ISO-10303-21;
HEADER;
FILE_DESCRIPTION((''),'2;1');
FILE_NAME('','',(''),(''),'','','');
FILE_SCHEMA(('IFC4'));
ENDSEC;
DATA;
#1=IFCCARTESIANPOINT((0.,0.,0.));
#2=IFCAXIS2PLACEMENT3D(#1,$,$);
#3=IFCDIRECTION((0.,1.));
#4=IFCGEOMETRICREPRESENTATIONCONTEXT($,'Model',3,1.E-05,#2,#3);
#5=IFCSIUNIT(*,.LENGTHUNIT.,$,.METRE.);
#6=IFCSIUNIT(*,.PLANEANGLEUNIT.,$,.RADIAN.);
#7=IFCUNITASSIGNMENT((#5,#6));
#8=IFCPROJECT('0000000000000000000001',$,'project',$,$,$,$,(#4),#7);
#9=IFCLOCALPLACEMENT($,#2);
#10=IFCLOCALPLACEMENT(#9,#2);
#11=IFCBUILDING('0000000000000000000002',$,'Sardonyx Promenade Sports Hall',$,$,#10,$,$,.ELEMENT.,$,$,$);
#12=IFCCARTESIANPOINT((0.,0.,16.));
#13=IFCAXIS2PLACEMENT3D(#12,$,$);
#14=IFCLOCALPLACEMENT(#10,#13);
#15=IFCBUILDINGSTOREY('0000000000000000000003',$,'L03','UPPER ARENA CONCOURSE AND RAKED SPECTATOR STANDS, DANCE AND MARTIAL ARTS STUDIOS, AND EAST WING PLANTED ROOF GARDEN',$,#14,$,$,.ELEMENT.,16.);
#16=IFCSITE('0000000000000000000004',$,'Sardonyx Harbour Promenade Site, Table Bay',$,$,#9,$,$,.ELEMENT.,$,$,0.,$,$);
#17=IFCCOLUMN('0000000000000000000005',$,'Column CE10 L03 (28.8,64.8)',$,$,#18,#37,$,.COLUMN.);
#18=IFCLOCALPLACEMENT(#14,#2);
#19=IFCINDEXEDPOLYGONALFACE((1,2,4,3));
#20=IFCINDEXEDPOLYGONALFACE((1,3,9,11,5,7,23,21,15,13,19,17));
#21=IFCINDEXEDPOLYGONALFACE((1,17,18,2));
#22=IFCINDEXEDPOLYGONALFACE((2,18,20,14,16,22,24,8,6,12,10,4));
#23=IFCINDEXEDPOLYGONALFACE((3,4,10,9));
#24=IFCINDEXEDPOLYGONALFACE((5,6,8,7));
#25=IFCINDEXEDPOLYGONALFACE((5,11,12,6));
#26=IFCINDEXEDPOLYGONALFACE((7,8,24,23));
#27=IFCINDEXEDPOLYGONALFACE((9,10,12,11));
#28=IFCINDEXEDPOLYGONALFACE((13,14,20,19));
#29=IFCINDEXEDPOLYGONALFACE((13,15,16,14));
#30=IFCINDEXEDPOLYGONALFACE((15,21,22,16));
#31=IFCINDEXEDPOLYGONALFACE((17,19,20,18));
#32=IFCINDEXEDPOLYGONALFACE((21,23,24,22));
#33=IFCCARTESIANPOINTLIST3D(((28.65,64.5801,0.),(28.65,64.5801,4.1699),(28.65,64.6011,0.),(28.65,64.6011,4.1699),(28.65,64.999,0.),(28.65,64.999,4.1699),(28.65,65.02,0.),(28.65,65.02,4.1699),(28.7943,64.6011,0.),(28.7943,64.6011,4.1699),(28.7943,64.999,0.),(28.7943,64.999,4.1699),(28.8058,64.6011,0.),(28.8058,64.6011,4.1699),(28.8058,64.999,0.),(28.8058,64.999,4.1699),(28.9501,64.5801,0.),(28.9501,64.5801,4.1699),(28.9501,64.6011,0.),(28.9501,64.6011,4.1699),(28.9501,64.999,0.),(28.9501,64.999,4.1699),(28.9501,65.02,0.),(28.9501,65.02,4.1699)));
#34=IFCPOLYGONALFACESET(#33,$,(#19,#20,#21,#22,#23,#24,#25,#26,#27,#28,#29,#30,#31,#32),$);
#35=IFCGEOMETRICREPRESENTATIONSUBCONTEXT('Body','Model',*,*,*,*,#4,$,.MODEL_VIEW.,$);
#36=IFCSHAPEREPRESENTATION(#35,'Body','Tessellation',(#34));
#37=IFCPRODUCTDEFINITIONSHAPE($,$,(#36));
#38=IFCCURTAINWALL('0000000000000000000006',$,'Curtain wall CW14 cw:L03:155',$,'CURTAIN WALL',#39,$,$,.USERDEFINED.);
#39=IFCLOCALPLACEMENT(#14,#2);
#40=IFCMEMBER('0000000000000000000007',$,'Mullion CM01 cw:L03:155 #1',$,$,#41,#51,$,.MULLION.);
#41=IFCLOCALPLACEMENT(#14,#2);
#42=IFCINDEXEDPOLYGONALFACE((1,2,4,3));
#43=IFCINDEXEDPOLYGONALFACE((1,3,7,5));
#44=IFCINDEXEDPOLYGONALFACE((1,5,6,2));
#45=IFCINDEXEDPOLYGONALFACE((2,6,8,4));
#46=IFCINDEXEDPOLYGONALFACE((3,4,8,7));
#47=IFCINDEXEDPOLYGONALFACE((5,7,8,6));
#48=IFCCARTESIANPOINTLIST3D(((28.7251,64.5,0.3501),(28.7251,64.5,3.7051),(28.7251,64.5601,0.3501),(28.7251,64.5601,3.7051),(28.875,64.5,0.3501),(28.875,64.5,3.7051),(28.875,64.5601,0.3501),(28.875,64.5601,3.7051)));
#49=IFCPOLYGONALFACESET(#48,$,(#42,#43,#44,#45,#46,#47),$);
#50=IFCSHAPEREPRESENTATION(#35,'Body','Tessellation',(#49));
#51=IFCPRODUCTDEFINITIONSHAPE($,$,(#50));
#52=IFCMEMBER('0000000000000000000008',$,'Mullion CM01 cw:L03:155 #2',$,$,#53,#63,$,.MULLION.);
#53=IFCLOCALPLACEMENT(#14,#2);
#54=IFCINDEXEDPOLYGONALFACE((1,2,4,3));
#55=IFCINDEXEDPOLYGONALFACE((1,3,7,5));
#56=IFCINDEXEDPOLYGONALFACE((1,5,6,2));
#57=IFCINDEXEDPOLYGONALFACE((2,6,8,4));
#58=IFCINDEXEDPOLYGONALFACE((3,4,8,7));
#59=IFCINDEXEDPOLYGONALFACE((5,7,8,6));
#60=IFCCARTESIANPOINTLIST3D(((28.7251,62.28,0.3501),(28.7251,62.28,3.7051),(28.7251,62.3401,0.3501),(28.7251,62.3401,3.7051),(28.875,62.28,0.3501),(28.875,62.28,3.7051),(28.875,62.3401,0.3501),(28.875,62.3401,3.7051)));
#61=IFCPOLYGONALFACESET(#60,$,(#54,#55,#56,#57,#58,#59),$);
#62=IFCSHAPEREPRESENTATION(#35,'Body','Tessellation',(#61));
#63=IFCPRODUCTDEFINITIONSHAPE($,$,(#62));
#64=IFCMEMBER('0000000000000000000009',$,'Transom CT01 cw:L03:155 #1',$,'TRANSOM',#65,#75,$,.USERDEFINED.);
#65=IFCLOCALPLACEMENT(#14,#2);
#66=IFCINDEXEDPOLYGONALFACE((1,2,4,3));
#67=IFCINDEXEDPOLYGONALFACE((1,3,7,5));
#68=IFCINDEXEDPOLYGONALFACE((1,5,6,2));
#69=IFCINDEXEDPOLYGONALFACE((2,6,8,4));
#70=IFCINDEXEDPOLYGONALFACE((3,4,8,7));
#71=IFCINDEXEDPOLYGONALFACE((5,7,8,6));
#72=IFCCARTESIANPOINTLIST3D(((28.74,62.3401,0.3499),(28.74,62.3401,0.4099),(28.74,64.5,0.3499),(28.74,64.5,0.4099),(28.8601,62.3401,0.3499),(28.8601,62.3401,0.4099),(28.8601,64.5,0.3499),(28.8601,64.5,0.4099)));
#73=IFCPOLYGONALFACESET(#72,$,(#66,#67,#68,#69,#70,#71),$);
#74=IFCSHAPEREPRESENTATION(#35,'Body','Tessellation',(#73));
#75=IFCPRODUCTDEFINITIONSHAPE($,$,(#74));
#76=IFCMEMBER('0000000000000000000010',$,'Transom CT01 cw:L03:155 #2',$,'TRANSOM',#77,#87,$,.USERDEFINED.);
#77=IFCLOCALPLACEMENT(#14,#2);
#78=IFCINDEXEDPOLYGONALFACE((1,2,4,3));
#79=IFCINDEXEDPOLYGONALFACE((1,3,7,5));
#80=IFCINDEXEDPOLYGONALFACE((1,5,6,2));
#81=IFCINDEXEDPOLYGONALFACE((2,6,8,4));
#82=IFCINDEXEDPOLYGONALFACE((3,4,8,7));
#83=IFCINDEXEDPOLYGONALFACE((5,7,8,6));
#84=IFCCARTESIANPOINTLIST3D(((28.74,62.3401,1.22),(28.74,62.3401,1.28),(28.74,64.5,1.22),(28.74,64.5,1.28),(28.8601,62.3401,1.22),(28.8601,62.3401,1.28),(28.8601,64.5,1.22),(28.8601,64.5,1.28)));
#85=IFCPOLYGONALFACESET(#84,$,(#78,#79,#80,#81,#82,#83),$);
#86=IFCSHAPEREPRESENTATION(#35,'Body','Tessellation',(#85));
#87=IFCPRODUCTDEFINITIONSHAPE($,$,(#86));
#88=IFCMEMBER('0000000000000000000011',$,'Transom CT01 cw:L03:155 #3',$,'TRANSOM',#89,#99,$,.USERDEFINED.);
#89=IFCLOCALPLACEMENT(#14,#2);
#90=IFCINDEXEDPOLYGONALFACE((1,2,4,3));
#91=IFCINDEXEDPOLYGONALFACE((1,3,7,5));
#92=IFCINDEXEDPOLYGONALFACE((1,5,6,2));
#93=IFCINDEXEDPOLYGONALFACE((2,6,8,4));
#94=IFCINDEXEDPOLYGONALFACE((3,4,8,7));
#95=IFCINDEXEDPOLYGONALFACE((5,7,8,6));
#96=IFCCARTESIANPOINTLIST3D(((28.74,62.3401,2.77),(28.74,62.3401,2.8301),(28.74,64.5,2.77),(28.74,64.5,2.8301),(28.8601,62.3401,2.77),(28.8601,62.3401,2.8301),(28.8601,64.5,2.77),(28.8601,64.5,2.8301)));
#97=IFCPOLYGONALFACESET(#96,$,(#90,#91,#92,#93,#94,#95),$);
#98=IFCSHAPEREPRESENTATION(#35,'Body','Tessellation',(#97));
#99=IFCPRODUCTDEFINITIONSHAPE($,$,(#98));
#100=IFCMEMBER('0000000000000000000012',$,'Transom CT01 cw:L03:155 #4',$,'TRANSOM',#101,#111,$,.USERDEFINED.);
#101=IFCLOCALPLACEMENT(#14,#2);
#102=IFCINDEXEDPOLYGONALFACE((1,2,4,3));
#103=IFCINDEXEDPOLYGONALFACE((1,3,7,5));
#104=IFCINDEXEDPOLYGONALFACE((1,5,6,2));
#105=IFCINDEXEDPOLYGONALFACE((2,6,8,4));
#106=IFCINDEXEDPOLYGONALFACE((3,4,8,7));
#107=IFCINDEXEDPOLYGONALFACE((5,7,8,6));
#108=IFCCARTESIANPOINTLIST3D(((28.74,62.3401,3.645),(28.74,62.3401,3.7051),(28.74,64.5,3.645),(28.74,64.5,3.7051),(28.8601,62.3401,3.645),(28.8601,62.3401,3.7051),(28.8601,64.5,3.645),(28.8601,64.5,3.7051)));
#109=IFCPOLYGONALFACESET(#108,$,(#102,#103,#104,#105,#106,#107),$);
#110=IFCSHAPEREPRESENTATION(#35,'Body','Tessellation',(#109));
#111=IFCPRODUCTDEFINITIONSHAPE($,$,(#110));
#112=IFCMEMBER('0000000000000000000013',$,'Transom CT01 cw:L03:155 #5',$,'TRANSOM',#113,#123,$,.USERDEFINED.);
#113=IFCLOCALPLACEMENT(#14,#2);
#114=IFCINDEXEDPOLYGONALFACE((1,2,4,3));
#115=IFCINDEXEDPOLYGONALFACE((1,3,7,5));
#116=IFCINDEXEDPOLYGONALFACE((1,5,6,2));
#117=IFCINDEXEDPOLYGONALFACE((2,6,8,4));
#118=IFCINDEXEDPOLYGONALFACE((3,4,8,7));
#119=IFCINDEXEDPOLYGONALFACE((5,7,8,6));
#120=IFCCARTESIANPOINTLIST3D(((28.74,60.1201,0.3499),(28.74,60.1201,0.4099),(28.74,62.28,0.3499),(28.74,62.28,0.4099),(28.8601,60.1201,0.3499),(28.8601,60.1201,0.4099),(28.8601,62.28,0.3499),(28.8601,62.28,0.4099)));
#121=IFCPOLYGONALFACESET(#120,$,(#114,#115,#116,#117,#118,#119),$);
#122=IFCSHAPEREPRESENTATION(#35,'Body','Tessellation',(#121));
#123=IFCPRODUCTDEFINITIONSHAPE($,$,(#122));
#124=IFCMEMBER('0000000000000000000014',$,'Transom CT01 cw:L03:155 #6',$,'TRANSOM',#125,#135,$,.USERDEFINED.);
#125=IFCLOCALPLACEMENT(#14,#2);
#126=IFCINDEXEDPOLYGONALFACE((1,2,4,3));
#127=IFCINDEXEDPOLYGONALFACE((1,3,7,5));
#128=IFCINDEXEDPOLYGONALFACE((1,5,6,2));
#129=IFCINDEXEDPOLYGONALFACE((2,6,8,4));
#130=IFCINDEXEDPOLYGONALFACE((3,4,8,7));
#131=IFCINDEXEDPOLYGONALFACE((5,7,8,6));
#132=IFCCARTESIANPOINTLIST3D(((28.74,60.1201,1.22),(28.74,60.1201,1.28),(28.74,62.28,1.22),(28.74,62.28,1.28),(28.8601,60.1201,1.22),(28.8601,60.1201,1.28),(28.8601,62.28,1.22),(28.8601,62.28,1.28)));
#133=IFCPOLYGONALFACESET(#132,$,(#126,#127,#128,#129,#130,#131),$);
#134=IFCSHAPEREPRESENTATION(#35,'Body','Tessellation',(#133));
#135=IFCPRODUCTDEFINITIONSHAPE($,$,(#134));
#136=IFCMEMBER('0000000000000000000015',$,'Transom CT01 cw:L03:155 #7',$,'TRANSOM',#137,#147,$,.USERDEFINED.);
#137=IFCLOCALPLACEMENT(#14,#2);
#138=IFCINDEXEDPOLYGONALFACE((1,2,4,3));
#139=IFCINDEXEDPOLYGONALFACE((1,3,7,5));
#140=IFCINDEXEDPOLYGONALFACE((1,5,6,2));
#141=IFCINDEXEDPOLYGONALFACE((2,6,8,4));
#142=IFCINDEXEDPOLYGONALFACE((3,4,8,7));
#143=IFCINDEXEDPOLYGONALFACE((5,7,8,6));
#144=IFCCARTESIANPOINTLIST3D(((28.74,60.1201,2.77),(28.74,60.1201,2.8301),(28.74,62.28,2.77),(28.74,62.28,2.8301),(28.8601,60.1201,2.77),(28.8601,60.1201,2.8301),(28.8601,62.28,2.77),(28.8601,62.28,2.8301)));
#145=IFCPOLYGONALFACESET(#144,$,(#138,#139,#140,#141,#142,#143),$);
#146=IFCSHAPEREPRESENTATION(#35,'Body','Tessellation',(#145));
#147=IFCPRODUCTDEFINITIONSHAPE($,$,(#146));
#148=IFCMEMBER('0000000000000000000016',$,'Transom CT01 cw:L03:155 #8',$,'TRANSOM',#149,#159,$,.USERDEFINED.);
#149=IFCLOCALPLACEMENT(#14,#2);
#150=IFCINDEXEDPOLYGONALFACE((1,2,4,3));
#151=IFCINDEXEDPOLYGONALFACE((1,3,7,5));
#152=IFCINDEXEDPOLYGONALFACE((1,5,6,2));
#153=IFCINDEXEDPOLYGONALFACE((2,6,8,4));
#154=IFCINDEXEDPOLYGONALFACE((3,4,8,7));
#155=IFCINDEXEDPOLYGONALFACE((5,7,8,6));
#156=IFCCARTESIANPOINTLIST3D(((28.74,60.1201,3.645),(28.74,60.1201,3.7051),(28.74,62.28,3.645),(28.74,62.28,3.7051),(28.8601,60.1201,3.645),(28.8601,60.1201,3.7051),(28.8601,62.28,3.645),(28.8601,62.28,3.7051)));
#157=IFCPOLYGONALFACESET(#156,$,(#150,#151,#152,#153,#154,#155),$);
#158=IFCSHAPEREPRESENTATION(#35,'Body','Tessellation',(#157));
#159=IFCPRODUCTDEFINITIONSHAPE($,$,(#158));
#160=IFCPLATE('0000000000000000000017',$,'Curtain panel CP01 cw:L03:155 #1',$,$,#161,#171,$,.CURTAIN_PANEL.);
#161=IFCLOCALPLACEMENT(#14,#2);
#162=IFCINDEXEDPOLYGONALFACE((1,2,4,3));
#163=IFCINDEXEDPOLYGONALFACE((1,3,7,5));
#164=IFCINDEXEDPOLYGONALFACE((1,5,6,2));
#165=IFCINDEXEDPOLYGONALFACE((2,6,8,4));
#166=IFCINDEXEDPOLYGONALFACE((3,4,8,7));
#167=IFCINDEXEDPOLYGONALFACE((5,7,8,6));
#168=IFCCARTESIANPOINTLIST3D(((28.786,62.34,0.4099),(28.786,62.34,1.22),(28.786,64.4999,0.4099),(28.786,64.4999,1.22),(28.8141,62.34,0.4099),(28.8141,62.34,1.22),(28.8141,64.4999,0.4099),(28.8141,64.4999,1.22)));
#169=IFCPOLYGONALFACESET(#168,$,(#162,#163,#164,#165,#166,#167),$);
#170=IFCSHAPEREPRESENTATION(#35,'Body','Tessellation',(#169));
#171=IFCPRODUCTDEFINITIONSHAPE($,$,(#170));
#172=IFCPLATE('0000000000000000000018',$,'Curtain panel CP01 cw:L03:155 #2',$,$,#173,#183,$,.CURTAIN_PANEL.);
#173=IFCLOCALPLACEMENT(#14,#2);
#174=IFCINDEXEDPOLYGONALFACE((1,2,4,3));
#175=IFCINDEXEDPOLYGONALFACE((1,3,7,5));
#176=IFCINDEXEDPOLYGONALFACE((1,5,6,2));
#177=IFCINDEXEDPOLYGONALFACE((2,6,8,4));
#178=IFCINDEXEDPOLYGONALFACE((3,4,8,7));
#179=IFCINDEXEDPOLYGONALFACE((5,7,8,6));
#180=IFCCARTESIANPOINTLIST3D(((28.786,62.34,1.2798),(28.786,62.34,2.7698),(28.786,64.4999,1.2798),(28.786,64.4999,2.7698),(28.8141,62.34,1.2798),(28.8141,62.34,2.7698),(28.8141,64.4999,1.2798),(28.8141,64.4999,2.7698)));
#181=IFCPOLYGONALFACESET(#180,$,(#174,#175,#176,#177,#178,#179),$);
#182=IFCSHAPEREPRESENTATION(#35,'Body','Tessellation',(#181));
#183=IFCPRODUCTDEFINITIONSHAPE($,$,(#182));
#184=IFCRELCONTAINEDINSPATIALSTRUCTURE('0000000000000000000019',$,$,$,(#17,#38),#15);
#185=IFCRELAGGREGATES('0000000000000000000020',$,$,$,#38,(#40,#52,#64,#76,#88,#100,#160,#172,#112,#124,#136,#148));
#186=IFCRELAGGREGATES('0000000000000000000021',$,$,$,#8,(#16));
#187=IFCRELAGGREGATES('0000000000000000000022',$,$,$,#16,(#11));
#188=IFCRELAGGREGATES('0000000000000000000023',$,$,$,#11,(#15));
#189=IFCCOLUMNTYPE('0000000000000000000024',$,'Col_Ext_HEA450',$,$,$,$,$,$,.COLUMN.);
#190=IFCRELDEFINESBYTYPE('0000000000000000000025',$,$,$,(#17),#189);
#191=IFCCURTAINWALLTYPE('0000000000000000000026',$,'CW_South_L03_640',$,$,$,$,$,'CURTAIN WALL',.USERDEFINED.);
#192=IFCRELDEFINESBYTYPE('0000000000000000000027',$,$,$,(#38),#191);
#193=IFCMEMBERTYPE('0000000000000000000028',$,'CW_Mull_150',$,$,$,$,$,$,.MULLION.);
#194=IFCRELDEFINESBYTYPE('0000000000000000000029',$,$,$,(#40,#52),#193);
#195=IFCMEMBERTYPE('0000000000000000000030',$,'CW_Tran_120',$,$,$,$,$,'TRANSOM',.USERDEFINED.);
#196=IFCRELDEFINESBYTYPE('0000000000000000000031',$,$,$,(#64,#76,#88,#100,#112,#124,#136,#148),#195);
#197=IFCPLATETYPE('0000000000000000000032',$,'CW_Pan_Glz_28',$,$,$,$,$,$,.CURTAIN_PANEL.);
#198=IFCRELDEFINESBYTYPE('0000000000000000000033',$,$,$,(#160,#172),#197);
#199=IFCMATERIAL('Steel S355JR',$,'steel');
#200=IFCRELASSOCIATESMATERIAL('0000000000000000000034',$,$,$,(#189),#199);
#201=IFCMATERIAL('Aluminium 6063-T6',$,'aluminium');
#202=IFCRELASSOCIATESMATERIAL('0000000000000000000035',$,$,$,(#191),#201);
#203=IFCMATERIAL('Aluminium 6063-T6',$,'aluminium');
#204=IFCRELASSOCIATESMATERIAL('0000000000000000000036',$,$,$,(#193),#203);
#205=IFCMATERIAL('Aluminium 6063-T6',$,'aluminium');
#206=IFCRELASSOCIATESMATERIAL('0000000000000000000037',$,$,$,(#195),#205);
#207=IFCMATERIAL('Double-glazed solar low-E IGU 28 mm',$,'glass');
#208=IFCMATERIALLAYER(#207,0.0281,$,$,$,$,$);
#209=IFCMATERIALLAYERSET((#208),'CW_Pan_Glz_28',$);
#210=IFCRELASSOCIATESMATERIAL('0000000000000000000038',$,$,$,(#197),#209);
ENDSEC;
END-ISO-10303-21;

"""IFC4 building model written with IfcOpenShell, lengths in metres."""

from ifc_helpers import new_model, si_unit, direction, frame, origin, origin_2d, place, context, subcontext, project, spatial, rectangle, i_section, extrude, material, layer, layer_set, material_profile, profile_set, type_object, element, aggregate, save


model = new_model("IFC4")

# Units and contexts
model_context = context("Model", 3, precision=1e-05, world=origin(), true_north=direction((0.0, 1.0)))
body_context = subcontext(model_context, "Body", "Model", "MODEL_VIEW")
ifc_project = project(units=[si_unit("LENGTHUNIT", "METRE"), si_unit("PLANEANGLEUNIT", "RADIAN")], contexts=[model_context])

# Site, building, storey
site_placement = place(None, origin())
site = spatial("IfcSite", under=ifc_project, at=site_placement, Name="Sardonyx Harbour Promenade Site, Table Bay", CompositionType="ELEMENT", RefElevation=0.0)
building_placement = place(site_placement, origin())
building = spatial("IfcBuilding", under=site, at=building_placement, Name="Sardonyx Promenade Sports Hall", CompositionType="ELEMENT")
storey_placement = place(building_placement, frame((0.0, 0.0, 16.0)))
storey = spatial("IfcBuildingStorey", under=building, at=storey_placement, Name="L03", Description="UPPER ARENA CONCOURSE AND RAKED SPECTATOR STANDS, DANCE AND MARTIAL ARTS STUDIOS, AND EAST WING PLANTED ROOF GARDEN", CompositionType="ELEMENT", Elevation=16.0)

# Column
ifc_material_1 = material(Name="Steel S355JR", Category="steel")
ifc_material_profile_1 = material_profile(ifc_material_1, i_section(OverallWidth=0.3, OverallDepth=0.4399, WebThickness=0.0115, FlangeThickness=0.021, at=origin_2d()))
ifc_profile_set_1 = profile_set([ifc_material_profile_1], Name="Steel S355JR")
column_type = type_object("IfcColumnType", Name="Col_Ext_HEA450", PredefinedType="COLUMN", material=ifc_profile_set_1)
column_placement = place(storey_placement, frame((28.8, 64.8, 0.0), z_axis=(0.0, 0.0, 1.0), x_axis=(1.0, 0.0, 0.0)))
element("IfcColumn", 1, at=column_placement, inside=storey, type_object=column_type, Name="Column CE10 L03 (28.8,64.8)", PredefinedType="COLUMN", context=body_context, shape_type="SweptSolid", body=[
    extrude(i_section(OverallWidth=0.3, OverallDepth=0.4399, WebThickness=0.0115, FlangeThickness=0.021, at=origin_2d()), origin(), (0.0, 0.0, 1.0), 4.1699),
])

# Curtain wall, members, plates
ifc_material_2 = material(Name="Aluminium 6063-T6", Category="aluminium")
curtain_wall_type = type_object("IfcCurtainWallType", Name="CW_South_L03_640", ElementType="CURTAIN WALL", PredefinedType="USERDEFINED", material=ifc_material_2)
curtain_wall_placement = place(storey_placement, origin())
curtain_wall = element("IfcCurtainWall", 2, at=curtain_wall_placement, inside=storey, type_object=curtain_wall_type, Name="Curtain wall CW14 cw:L03:155", ObjectType="CURTAIN WALL", PredefinedType="USERDEFINED")
ifc_material_3 = material(Name="Aluminium 6063-T6", Category="aluminium")
ifc_material_profile_2 = material_profile(ifc_material_3, rectangle(XDim=0.0601, YDim=0.1499, at=origin_2d()))
ifc_profile_set_2 = profile_set([ifc_material_profile_2], Name="Aluminium 6063-T6")
member_type_1 = type_object("IfcMemberType", Name="CW_Mull_150", PredefinedType="MULLION", material=ifc_profile_set_2)
member_1_placement = place(storey_placement, frame((28.8, 64.53, 0.3501), z_axis=(0.0, 0.0, 1.0), x_axis=(0.0, -1.0, 0.0)))
member_1 = element("IfcMember", 3, at=member_1_placement, type_object=member_type_1, Name="Mullion CM01 cw:L03:155 #1", PredefinedType="MULLION", context=body_context, shape_type="SweptSolid", body=[
    extrude(rectangle(XDim=0.0601, YDim=0.1499, at=origin_2d()), origin(), (0.0, 0.0, 1.0), 3.355),
])
member_2_placement = place(storey_placement, frame((28.8, 62.3101, 0.3501), z_axis=(0.0, 0.0, 1.0), x_axis=(0.0, -1.0, 0.0)))
member_2 = element("IfcMember", 4, at=member_2_placement, type_object=member_type_1, Name="Mullion CM01 cw:L03:155 #2", PredefinedType="MULLION", context=body_context, shape_type="SweptSolid", body=[
    extrude(rectangle(XDim=0.0601, YDim=0.1499, at=origin_2d()), origin(), (0.0, 0.0, 1.0), 3.355),
])
ifc_material_4 = material(Name="Aluminium 6063-T6", Category="aluminium")
ifc_material_profile_3 = material_profile(ifc_material_4, rectangle(XDim=0.0601, YDim=0.1201, at=origin_2d()))
ifc_profile_set_3 = profile_set([ifc_material_profile_3], Name="Aluminium 6063-T6")
member_type_2 = type_object("IfcMemberType", Name="CW_Tran_120", ElementType="TRANSOM", PredefinedType="USERDEFINED", material=ifc_profile_set_3)
member_3_placement = place(storey_placement, frame((28.8, 64.5, 0.3799), z_axis=(0.0, -1.0, 0.0), x_axis=(0.0, 0.0, 1.0)))
member_3 = element("IfcMember", 5, at=member_3_placement, type_object=member_type_2, Name="Transom CT01 cw:L03:155 #1", ObjectType="TRANSOM", PredefinedType="USERDEFINED", context=body_context, shape_type="SweptSolid", body=[
    extrude(rectangle(XDim=0.0601, YDim=0.1201, at=origin_2d()), origin(), (0.0, 0.0, 1.0), 2.1599),
])
member_4_placement = place(storey_placement, frame((28.8, 64.5, 1.25), z_axis=(0.0, -1.0, 0.0), x_axis=(0.0, 0.0, 1.0)))
member_4 = element("IfcMember", 6, at=member_4_placement, type_object=member_type_2, Name="Transom CT01 cw:L03:155 #2", ObjectType="TRANSOM", PredefinedType="USERDEFINED", context=body_context, shape_type="SweptSolid", body=[
    extrude(rectangle(XDim=0.0601, YDim=0.1201, at=origin_2d()), origin(), (0.0, 0.0, 1.0), 2.1599),
])
member_5_placement = place(storey_placement, frame((28.8, 64.5, 2.8), z_axis=(0.0, -1.0, 0.0), x_axis=(0.0, 0.0, 1.0)))
member_5 = element("IfcMember", 7, at=member_5_placement, type_object=member_type_2, Name="Transom CT01 cw:L03:155 #3", ObjectType="TRANSOM", PredefinedType="USERDEFINED", context=body_context, shape_type="SweptSolid", body=[
    extrude(rectangle(XDim=0.0601, YDim=0.1201, at=origin_2d()), origin(), (0.0, 0.0, 1.0), 2.1599),
])
member_6_placement = place(storey_placement, frame((28.8, 64.5, 3.675), z_axis=(0.0, -1.0, 0.0), x_axis=(0.0, 0.0, 1.0)))
member_6 = element("IfcMember", 8, at=member_6_placement, type_object=member_type_2, Name="Transom CT01 cw:L03:155 #4", ObjectType="TRANSOM", PredefinedType="USERDEFINED", context=body_context, shape_type="SweptSolid", body=[
    extrude(rectangle(XDim=0.0601, YDim=0.1201, at=origin_2d()), origin(), (0.0, 0.0, 1.0), 2.1599),
])
member_7_placement = place(storey_placement, frame((28.8, 62.28, 0.3799), z_axis=(0.0, -1.0, 0.0), x_axis=(0.0, 0.0, 1.0)))
member_7 = element("IfcMember", 9, at=member_7_placement, type_object=member_type_2, Name="Transom CT01 cw:L03:155 #5", ObjectType="TRANSOM", PredefinedType="USERDEFINED", context=body_context, shape_type="SweptSolid", body=[
    extrude(rectangle(XDim=0.0601, YDim=0.1201, at=origin_2d()), origin(), (0.0, 0.0, 1.0), 2.1599),
])
member_8_placement = place(storey_placement, frame((28.8, 62.28, 1.25), z_axis=(0.0, -1.0, 0.0), x_axis=(0.0, 0.0, 1.0)))
member_8 = element("IfcMember", 10, at=member_8_placement, type_object=member_type_2, Name="Transom CT01 cw:L03:155 #6", ObjectType="TRANSOM", PredefinedType="USERDEFINED", context=body_context, shape_type="SweptSolid", body=[
    extrude(rectangle(XDim=0.0601, YDim=0.1201, at=origin_2d()), origin(), (0.0, 0.0, 1.0), 2.1599),
])
member_9_placement = place(storey_placement, frame((28.8, 62.28, 2.8), z_axis=(0.0, -1.0, 0.0), x_axis=(0.0, 0.0, 1.0)))
member_9 = element("IfcMember", 11, at=member_9_placement, type_object=member_type_2, Name="Transom CT01 cw:L03:155 #7", ObjectType="TRANSOM", PredefinedType="USERDEFINED", context=body_context, shape_type="SweptSolid", body=[
    extrude(rectangle(XDim=0.0601, YDim=0.1201, at=origin_2d()), origin(), (0.0, 0.0, 1.0), 2.1599),
])
member_10_placement = place(storey_placement, frame((28.8, 62.28, 3.675), z_axis=(0.0, -1.0, 0.0), x_axis=(0.0, 0.0, 1.0)))
member_10 = element("IfcMember", 12, at=member_10_placement, type_object=member_type_2, Name="Transom CT01 cw:L03:155 #8", ObjectType="TRANSOM", PredefinedType="USERDEFINED", context=body_context, shape_type="SweptSolid", body=[
    extrude(rectangle(XDim=0.0601, YDim=0.1201, at=origin_2d()), origin(), (0.0, 0.0, 1.0), 2.1599),
])
ifc_material_5 = material(Name="Double-glazed solar low-E IGU 28 mm", Category="glass")
ifc_layer_1 = layer(ifc_material_5, 0.0281)
ifc_layer_set_1 = layer_set([ifc_layer_1], Name="CW_Pan_Glz_28")
plate_type = type_object("IfcPlateType", Name="CW_Pan_Glz_28", PredefinedType="CURTAIN_PANEL", material=ifc_layer_set_1)
plate_1_placement = place(storey_placement, frame((28.8, 63.4199, 0.4099), z_axis=(0.0, 0.0, 1.0), x_axis=(0.0, -1.0, 0.0)))
plate_1 = element("IfcPlate", 13, at=plate_1_placement, type_object=plate_type, Name="Curtain panel CP01 cw:L03:155 #1", PredefinedType="CURTAIN_PANEL", context=body_context, shape_type="SweptSolid", body=[
    extrude(rectangle(XDim=2.1599, YDim=0.0281, at=origin_2d()), origin(), (0.0, 0.0, 1.0), 0.8101),
])
plate_2_placement = place(storey_placement, frame((28.8, 63.4199, 1.2798), z_axis=(0.0, 0.0, 1.0), x_axis=(0.0, -1.0, 0.0)))
plate_2 = element("IfcPlate", 14, at=plate_2_placement, type_object=plate_type, Name="Curtain panel CP01 cw:L03:155 #2", PredefinedType="CURTAIN_PANEL", context=body_context, shape_type="SweptSolid", body=[
    extrude(rectangle(XDim=2.1599, YDim=0.0281, at=origin_2d()), origin(), (0.0, 0.0, 1.0), 1.49),
])
aggregate(curtain_wall, [member_1, member_2, member_3, member_4, member_5, member_6, plate_1, plate_2, member_7, member_8, member_9, member_10])

save(model, "model.ifc")
